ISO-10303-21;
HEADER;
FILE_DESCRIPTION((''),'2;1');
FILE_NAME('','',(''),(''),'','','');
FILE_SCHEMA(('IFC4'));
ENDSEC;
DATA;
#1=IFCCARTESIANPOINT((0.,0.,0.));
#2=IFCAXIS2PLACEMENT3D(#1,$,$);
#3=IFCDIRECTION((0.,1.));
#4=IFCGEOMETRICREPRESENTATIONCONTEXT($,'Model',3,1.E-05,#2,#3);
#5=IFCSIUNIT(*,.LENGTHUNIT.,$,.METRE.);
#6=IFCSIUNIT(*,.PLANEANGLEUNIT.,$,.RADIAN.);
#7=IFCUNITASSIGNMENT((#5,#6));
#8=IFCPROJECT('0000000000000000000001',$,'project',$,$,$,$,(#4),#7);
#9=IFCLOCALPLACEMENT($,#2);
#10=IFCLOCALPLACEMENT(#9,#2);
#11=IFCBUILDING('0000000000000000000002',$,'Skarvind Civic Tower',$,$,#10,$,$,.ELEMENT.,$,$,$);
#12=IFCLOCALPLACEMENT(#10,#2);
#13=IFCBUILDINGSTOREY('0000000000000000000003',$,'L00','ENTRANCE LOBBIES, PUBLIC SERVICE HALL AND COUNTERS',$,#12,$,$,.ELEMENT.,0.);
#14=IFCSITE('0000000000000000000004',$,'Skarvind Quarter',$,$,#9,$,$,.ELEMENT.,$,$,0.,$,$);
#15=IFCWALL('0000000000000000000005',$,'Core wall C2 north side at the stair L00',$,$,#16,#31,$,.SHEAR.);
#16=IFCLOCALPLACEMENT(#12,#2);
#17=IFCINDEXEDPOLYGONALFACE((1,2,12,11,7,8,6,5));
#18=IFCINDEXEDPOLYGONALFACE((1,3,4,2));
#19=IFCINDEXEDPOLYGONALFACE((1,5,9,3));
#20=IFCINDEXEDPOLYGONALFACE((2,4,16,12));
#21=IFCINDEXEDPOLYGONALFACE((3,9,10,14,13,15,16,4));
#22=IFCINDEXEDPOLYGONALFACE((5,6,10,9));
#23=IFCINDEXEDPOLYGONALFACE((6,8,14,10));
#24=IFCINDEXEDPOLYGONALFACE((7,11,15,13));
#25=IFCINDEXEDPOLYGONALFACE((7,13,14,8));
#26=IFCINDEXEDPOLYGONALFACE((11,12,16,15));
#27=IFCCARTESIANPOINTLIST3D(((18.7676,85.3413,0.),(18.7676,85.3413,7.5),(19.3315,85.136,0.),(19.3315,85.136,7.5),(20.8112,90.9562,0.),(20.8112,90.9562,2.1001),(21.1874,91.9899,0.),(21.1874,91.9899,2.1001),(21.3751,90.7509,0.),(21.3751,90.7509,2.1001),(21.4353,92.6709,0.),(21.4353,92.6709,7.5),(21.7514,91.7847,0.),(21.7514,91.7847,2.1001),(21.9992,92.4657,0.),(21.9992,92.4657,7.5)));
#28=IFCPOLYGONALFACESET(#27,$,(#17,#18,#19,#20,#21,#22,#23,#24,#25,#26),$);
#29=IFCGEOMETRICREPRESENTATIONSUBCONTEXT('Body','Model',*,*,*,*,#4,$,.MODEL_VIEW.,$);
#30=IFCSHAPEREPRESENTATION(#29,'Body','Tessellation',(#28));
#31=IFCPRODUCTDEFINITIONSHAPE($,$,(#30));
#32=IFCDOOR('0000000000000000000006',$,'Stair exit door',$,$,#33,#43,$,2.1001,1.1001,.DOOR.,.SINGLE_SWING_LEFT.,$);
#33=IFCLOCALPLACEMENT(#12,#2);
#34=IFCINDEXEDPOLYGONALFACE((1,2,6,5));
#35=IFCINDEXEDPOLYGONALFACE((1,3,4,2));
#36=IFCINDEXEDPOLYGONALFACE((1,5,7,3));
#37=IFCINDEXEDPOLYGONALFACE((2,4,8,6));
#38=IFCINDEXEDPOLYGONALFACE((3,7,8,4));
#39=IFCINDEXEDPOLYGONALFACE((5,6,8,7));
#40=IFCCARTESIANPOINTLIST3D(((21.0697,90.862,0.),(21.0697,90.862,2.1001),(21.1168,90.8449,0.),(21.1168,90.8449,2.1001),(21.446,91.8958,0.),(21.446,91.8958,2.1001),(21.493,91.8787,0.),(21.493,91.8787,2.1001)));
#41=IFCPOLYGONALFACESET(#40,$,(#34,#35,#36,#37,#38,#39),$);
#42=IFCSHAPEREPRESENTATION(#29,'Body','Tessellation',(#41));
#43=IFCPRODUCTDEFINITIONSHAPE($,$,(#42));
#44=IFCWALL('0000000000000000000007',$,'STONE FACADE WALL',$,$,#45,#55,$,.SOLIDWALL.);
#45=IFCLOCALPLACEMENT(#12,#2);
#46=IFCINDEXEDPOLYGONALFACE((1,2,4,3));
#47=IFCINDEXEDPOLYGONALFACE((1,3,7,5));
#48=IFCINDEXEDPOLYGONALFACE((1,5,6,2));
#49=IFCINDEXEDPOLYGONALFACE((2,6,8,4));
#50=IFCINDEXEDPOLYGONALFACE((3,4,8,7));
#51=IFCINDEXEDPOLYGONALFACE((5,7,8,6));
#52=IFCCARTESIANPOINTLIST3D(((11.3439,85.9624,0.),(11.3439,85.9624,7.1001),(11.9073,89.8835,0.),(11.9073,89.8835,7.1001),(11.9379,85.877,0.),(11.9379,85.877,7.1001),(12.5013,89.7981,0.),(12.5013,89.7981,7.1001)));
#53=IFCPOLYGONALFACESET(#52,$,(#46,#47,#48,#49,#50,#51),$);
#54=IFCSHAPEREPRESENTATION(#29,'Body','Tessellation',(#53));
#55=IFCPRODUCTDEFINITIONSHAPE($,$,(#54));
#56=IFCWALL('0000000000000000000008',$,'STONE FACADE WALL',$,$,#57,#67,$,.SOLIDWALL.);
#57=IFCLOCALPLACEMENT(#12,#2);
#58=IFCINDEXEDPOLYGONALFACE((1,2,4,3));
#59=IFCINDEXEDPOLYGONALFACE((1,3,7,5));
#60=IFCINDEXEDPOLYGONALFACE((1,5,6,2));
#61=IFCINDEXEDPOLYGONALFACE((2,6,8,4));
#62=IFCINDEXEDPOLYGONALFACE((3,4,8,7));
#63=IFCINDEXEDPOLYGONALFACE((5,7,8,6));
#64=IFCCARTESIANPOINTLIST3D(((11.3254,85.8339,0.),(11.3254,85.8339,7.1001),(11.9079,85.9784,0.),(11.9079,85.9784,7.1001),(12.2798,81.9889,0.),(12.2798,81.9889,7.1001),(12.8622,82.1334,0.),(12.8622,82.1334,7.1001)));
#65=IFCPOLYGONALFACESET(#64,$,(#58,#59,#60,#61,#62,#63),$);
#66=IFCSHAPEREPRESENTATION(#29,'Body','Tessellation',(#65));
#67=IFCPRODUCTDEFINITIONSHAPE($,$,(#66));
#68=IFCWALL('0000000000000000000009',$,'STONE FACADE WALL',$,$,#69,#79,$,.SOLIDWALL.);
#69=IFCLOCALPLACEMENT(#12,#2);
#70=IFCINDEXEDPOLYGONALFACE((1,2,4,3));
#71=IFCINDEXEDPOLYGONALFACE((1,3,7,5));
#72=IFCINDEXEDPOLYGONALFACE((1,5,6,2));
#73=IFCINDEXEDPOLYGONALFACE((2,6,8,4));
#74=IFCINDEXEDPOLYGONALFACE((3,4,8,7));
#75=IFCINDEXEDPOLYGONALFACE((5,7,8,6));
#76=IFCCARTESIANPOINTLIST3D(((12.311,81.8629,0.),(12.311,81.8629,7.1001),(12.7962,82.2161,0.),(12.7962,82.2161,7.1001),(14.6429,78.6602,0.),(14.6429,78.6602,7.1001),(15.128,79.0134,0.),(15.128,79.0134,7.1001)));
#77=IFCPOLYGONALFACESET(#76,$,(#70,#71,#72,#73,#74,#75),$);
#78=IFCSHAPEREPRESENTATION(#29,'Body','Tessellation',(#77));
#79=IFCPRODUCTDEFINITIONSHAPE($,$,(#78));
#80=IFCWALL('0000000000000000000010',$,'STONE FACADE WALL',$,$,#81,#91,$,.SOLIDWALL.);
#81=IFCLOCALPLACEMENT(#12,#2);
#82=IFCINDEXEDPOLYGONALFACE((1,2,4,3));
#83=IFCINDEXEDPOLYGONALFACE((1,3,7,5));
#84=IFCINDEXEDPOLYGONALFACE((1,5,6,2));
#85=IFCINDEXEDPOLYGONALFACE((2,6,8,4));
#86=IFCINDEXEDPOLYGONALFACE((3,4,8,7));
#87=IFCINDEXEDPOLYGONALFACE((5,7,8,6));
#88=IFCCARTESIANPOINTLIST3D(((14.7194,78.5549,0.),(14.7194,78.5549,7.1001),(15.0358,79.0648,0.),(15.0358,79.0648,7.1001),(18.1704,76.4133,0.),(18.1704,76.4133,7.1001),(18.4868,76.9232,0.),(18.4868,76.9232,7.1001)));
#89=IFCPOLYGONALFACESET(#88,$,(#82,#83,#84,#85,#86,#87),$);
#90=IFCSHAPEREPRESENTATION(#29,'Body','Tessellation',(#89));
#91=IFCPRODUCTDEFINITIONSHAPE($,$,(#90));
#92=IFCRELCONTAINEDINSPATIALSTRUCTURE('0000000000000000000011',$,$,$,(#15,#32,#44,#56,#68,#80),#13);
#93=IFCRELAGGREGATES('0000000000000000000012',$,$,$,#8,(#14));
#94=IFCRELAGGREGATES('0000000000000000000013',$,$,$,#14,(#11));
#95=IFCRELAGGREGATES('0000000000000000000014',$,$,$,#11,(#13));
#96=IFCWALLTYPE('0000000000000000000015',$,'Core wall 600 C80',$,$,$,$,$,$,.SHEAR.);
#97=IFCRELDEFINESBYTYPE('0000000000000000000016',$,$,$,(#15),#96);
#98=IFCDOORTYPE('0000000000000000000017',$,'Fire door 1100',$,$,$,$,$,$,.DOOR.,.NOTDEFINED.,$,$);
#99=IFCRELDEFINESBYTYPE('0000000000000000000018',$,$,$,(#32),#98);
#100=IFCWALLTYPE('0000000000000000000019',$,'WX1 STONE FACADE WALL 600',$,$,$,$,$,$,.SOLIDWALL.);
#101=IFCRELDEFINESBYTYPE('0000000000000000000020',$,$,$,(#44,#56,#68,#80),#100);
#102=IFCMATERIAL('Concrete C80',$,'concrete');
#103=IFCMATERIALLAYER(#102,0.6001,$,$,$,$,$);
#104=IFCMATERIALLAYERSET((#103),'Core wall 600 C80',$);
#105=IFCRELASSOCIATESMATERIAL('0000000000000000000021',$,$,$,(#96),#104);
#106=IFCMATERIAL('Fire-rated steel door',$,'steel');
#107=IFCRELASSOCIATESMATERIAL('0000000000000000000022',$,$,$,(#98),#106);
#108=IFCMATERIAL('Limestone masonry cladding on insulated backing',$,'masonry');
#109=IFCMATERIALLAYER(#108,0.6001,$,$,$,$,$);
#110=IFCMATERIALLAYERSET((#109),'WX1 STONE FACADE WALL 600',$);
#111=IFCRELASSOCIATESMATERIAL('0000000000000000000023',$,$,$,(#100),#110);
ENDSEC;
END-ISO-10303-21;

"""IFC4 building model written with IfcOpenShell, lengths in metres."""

from ifc_helpers import new_model, si_unit, direction, frame, frame_2d, origin, place, context, subcontext, project, spatial, rectangle, extrude, material, layer, layer_set, type_object, element, fill, save


model = new_model("IFC4")

# Units and contexts
model_context = context("Model", 3, precision=1e-05, world=origin(), true_north=direction((0.0, 1.0)))
body_context = subcontext(model_context, "Body", "Model", "MODEL_VIEW")
ifc_project = project(units=[si_unit("LENGTHUNIT", "METRE"), si_unit("PLANEANGLEUNIT", "RADIAN")], contexts=[model_context])

# Site, building, storey
site_placement = place(None, origin())
site = spatial("IfcSite", under=ifc_project, at=site_placement, Name="Skarvind Quarter", CompositionType="ELEMENT", RefElevation=0.0)
building_placement = place(site_placement, origin())
building = spatial("IfcBuilding", under=site, at=building_placement, Name="Skarvind Civic Tower", CompositionType="ELEMENT")
storey_placement = place(building_placement, origin())
storey = spatial("IfcBuildingStorey", under=building, at=storey_placement, Name="L00", Description="ENTRANCE LOBBIES, PUBLIC SERVICE HALL AND COUNTERS", CompositionType="ELEMENT", Elevation=0.0)

# Shared definitions
ifc_material_1 = material(Name="Concrete C80", Category="concrete")

# Shared definitions
ifc_material_2 = material(Name="Fire-rated steel door", Category="steel")

# Shared definitions
ifc_layer_1 = layer(ifc_material_1, 0.6001)
ifc_layer_set_1 = layer_set([ifc_layer_1], Name="Core wall 600 C80")
wall_type_1 = type_object("IfcWallType", Name="Core wall 600 C80", PredefinedType="SHEAR", material=ifc_layer_set_1)

# Wall, opening, door
wall_1_placement = place(storey_placement, frame((19.0496, 85.2388, 0.0), z_axis=(0.0, 0.0, 1.0), x_axis=(0.342017, 0.939694, 0.0)))
wall_1 = element("IfcWall", 1, at=wall_1_placement, inside=storey, type_object=wall_type_1, Name="Core wall C2 north side at the stair L00", PredefinedType="SHEAR", context=body_context, shape_type="SweptSolid", body=[
    extrude(rectangle(XDim=7.8, YDim=0.6001, at=frame_2d((3.8999, 0.0))), origin(), (0.0, 0.0, 1.0), 7.5),
])
opening_1_placement = place(wall_1_placement, frame((5.9751, 0.0, 0.0)))
opening_1 = element("IfcOpeningElement", 2, at=opening_1_placement, cuts=wall_1, PredefinedType="OPENING", context=body_context, shape_type="SweptSolid", body=[
    extrude(rectangle(XDim=1.1001, YDim=2.1001, at=frame_2d((0.55, 1.05))), frame((0.0, 0.3101, 0.0), z_axis=(0.0, -1.0, 0.0), x_axis=(1.0, 0.0, 0.0)), (0.0, 0.0, 1.0), 0.6201),
])
door_type_1 = type_object("IfcDoorType", Name="Fire door 1100", OperationType="NOTDEFINED", PredefinedType="DOOR", material=ifc_material_2)
door_1_placement = place(opening_1_placement, origin())
door_1 = element("IfcDoor", 3, at=door_1_placement, inside=storey, type_object=door_type_1, Name="Stair exit door", OperationType="SINGLE_SWING_LEFT", OverallHeight=2.1001, OverallWidth=1.1001, PredefinedType="DOOR", context=body_context, shape_type="SweptSolid", body=[
    extrude(rectangle(XDim=1.1001, YDim=2.1001, at=frame_2d((0.55, 1.05))), frame((0.0, 0.0249, 0.0), z_axis=(0.0, -1.0, 0.0), x_axis=(1.0, 0.0, 0.0)), (0.0, 0.0, 1.0), 0.05),
])
fill(opening_1, door_1)

# Walls
ifc_material_3 = material(Name="Limestone masonry cladding on insulated backing", Category="masonry")
ifc_layer_2 = layer(ifc_material_3, 0.6001)
ifc_layer_set_2 = layer_set([ifc_layer_2], Name="WX1 STONE FACADE WALL 600")
wall_type_2 = type_object("IfcWallType", Name="WX1 STONE FACADE WALL 600", PredefinedType="SOLIDWALL", material=ifc_layer_set_2)
wall_2_placement = place(storey_placement, frame((11.6409, 85.9197, 0.0), z_axis=(0.0, 0.0, 1.0), x_axis=(0.142241, 0.989832, 0.0)))
element("IfcWall", 4, at=wall_2_placement, inside=storey, type_object=wall_type_2, Name="STONE FACADE WALL", PredefinedType="SOLIDWALL", context=body_context, shape_type="SweptSolid", body=[
    extrude(rectangle(XDim=3.9614, YDim=0.6001, at=frame_2d((1.9807, 0.0))), origin(), (0.0, 0.0, 1.0), 7.1001),
])
for number, where, z_axis, x_axis, name in (
    (5, (12.571, 82.061, 0.0), (0.0, 0.0, 1.0), (-0.240897, 0.970551, 0.0), "STONE FACADE WALL"),
    (6, (14.8855, 78.8367, 0.0), (0.0, 0.0, 1.0), (-0.5886, 0.808424, 0.0), "STONE FACADE WALL"),
):
    element("IfcWall", number, at=place(storey_placement, frame(where, z_axis=z_axis, x_axis=x_axis)), inside=storey, type_object=wall_type_2, Name=name, PredefinedType="SOLIDWALL", context=body_context, shape_type="SweptSolid", body=[
        extrude(rectangle(XDim=3.9617, YDim=0.6001, at=frame_2d((1.981, 0.0))), origin(), (0.0, 0.0, 1.0), 7.1001),
    ])
wall_3_placement = place(storey_placement, frame((18.3286, 76.6682, 0.0), z_axis=(0.0, 0.0, 1.0), x_axis=(-0.849679, 0.5273, 0.0)))
element("IfcWall", 7, at=wall_3_placement, inside=storey, type_object=wall_type_2, Name="STONE FACADE WALL", PredefinedType="SOLIDWALL", context=body_context, shape_type="SweptSolid", body=[
    extrude(rectangle(XDim=4.0615, YDim=0.6001, at=frame_2d((2.0308, 0.0))), origin(), (0.0, 0.0, 1.0), 7.1001),
])

save(model, "model.ifc")
